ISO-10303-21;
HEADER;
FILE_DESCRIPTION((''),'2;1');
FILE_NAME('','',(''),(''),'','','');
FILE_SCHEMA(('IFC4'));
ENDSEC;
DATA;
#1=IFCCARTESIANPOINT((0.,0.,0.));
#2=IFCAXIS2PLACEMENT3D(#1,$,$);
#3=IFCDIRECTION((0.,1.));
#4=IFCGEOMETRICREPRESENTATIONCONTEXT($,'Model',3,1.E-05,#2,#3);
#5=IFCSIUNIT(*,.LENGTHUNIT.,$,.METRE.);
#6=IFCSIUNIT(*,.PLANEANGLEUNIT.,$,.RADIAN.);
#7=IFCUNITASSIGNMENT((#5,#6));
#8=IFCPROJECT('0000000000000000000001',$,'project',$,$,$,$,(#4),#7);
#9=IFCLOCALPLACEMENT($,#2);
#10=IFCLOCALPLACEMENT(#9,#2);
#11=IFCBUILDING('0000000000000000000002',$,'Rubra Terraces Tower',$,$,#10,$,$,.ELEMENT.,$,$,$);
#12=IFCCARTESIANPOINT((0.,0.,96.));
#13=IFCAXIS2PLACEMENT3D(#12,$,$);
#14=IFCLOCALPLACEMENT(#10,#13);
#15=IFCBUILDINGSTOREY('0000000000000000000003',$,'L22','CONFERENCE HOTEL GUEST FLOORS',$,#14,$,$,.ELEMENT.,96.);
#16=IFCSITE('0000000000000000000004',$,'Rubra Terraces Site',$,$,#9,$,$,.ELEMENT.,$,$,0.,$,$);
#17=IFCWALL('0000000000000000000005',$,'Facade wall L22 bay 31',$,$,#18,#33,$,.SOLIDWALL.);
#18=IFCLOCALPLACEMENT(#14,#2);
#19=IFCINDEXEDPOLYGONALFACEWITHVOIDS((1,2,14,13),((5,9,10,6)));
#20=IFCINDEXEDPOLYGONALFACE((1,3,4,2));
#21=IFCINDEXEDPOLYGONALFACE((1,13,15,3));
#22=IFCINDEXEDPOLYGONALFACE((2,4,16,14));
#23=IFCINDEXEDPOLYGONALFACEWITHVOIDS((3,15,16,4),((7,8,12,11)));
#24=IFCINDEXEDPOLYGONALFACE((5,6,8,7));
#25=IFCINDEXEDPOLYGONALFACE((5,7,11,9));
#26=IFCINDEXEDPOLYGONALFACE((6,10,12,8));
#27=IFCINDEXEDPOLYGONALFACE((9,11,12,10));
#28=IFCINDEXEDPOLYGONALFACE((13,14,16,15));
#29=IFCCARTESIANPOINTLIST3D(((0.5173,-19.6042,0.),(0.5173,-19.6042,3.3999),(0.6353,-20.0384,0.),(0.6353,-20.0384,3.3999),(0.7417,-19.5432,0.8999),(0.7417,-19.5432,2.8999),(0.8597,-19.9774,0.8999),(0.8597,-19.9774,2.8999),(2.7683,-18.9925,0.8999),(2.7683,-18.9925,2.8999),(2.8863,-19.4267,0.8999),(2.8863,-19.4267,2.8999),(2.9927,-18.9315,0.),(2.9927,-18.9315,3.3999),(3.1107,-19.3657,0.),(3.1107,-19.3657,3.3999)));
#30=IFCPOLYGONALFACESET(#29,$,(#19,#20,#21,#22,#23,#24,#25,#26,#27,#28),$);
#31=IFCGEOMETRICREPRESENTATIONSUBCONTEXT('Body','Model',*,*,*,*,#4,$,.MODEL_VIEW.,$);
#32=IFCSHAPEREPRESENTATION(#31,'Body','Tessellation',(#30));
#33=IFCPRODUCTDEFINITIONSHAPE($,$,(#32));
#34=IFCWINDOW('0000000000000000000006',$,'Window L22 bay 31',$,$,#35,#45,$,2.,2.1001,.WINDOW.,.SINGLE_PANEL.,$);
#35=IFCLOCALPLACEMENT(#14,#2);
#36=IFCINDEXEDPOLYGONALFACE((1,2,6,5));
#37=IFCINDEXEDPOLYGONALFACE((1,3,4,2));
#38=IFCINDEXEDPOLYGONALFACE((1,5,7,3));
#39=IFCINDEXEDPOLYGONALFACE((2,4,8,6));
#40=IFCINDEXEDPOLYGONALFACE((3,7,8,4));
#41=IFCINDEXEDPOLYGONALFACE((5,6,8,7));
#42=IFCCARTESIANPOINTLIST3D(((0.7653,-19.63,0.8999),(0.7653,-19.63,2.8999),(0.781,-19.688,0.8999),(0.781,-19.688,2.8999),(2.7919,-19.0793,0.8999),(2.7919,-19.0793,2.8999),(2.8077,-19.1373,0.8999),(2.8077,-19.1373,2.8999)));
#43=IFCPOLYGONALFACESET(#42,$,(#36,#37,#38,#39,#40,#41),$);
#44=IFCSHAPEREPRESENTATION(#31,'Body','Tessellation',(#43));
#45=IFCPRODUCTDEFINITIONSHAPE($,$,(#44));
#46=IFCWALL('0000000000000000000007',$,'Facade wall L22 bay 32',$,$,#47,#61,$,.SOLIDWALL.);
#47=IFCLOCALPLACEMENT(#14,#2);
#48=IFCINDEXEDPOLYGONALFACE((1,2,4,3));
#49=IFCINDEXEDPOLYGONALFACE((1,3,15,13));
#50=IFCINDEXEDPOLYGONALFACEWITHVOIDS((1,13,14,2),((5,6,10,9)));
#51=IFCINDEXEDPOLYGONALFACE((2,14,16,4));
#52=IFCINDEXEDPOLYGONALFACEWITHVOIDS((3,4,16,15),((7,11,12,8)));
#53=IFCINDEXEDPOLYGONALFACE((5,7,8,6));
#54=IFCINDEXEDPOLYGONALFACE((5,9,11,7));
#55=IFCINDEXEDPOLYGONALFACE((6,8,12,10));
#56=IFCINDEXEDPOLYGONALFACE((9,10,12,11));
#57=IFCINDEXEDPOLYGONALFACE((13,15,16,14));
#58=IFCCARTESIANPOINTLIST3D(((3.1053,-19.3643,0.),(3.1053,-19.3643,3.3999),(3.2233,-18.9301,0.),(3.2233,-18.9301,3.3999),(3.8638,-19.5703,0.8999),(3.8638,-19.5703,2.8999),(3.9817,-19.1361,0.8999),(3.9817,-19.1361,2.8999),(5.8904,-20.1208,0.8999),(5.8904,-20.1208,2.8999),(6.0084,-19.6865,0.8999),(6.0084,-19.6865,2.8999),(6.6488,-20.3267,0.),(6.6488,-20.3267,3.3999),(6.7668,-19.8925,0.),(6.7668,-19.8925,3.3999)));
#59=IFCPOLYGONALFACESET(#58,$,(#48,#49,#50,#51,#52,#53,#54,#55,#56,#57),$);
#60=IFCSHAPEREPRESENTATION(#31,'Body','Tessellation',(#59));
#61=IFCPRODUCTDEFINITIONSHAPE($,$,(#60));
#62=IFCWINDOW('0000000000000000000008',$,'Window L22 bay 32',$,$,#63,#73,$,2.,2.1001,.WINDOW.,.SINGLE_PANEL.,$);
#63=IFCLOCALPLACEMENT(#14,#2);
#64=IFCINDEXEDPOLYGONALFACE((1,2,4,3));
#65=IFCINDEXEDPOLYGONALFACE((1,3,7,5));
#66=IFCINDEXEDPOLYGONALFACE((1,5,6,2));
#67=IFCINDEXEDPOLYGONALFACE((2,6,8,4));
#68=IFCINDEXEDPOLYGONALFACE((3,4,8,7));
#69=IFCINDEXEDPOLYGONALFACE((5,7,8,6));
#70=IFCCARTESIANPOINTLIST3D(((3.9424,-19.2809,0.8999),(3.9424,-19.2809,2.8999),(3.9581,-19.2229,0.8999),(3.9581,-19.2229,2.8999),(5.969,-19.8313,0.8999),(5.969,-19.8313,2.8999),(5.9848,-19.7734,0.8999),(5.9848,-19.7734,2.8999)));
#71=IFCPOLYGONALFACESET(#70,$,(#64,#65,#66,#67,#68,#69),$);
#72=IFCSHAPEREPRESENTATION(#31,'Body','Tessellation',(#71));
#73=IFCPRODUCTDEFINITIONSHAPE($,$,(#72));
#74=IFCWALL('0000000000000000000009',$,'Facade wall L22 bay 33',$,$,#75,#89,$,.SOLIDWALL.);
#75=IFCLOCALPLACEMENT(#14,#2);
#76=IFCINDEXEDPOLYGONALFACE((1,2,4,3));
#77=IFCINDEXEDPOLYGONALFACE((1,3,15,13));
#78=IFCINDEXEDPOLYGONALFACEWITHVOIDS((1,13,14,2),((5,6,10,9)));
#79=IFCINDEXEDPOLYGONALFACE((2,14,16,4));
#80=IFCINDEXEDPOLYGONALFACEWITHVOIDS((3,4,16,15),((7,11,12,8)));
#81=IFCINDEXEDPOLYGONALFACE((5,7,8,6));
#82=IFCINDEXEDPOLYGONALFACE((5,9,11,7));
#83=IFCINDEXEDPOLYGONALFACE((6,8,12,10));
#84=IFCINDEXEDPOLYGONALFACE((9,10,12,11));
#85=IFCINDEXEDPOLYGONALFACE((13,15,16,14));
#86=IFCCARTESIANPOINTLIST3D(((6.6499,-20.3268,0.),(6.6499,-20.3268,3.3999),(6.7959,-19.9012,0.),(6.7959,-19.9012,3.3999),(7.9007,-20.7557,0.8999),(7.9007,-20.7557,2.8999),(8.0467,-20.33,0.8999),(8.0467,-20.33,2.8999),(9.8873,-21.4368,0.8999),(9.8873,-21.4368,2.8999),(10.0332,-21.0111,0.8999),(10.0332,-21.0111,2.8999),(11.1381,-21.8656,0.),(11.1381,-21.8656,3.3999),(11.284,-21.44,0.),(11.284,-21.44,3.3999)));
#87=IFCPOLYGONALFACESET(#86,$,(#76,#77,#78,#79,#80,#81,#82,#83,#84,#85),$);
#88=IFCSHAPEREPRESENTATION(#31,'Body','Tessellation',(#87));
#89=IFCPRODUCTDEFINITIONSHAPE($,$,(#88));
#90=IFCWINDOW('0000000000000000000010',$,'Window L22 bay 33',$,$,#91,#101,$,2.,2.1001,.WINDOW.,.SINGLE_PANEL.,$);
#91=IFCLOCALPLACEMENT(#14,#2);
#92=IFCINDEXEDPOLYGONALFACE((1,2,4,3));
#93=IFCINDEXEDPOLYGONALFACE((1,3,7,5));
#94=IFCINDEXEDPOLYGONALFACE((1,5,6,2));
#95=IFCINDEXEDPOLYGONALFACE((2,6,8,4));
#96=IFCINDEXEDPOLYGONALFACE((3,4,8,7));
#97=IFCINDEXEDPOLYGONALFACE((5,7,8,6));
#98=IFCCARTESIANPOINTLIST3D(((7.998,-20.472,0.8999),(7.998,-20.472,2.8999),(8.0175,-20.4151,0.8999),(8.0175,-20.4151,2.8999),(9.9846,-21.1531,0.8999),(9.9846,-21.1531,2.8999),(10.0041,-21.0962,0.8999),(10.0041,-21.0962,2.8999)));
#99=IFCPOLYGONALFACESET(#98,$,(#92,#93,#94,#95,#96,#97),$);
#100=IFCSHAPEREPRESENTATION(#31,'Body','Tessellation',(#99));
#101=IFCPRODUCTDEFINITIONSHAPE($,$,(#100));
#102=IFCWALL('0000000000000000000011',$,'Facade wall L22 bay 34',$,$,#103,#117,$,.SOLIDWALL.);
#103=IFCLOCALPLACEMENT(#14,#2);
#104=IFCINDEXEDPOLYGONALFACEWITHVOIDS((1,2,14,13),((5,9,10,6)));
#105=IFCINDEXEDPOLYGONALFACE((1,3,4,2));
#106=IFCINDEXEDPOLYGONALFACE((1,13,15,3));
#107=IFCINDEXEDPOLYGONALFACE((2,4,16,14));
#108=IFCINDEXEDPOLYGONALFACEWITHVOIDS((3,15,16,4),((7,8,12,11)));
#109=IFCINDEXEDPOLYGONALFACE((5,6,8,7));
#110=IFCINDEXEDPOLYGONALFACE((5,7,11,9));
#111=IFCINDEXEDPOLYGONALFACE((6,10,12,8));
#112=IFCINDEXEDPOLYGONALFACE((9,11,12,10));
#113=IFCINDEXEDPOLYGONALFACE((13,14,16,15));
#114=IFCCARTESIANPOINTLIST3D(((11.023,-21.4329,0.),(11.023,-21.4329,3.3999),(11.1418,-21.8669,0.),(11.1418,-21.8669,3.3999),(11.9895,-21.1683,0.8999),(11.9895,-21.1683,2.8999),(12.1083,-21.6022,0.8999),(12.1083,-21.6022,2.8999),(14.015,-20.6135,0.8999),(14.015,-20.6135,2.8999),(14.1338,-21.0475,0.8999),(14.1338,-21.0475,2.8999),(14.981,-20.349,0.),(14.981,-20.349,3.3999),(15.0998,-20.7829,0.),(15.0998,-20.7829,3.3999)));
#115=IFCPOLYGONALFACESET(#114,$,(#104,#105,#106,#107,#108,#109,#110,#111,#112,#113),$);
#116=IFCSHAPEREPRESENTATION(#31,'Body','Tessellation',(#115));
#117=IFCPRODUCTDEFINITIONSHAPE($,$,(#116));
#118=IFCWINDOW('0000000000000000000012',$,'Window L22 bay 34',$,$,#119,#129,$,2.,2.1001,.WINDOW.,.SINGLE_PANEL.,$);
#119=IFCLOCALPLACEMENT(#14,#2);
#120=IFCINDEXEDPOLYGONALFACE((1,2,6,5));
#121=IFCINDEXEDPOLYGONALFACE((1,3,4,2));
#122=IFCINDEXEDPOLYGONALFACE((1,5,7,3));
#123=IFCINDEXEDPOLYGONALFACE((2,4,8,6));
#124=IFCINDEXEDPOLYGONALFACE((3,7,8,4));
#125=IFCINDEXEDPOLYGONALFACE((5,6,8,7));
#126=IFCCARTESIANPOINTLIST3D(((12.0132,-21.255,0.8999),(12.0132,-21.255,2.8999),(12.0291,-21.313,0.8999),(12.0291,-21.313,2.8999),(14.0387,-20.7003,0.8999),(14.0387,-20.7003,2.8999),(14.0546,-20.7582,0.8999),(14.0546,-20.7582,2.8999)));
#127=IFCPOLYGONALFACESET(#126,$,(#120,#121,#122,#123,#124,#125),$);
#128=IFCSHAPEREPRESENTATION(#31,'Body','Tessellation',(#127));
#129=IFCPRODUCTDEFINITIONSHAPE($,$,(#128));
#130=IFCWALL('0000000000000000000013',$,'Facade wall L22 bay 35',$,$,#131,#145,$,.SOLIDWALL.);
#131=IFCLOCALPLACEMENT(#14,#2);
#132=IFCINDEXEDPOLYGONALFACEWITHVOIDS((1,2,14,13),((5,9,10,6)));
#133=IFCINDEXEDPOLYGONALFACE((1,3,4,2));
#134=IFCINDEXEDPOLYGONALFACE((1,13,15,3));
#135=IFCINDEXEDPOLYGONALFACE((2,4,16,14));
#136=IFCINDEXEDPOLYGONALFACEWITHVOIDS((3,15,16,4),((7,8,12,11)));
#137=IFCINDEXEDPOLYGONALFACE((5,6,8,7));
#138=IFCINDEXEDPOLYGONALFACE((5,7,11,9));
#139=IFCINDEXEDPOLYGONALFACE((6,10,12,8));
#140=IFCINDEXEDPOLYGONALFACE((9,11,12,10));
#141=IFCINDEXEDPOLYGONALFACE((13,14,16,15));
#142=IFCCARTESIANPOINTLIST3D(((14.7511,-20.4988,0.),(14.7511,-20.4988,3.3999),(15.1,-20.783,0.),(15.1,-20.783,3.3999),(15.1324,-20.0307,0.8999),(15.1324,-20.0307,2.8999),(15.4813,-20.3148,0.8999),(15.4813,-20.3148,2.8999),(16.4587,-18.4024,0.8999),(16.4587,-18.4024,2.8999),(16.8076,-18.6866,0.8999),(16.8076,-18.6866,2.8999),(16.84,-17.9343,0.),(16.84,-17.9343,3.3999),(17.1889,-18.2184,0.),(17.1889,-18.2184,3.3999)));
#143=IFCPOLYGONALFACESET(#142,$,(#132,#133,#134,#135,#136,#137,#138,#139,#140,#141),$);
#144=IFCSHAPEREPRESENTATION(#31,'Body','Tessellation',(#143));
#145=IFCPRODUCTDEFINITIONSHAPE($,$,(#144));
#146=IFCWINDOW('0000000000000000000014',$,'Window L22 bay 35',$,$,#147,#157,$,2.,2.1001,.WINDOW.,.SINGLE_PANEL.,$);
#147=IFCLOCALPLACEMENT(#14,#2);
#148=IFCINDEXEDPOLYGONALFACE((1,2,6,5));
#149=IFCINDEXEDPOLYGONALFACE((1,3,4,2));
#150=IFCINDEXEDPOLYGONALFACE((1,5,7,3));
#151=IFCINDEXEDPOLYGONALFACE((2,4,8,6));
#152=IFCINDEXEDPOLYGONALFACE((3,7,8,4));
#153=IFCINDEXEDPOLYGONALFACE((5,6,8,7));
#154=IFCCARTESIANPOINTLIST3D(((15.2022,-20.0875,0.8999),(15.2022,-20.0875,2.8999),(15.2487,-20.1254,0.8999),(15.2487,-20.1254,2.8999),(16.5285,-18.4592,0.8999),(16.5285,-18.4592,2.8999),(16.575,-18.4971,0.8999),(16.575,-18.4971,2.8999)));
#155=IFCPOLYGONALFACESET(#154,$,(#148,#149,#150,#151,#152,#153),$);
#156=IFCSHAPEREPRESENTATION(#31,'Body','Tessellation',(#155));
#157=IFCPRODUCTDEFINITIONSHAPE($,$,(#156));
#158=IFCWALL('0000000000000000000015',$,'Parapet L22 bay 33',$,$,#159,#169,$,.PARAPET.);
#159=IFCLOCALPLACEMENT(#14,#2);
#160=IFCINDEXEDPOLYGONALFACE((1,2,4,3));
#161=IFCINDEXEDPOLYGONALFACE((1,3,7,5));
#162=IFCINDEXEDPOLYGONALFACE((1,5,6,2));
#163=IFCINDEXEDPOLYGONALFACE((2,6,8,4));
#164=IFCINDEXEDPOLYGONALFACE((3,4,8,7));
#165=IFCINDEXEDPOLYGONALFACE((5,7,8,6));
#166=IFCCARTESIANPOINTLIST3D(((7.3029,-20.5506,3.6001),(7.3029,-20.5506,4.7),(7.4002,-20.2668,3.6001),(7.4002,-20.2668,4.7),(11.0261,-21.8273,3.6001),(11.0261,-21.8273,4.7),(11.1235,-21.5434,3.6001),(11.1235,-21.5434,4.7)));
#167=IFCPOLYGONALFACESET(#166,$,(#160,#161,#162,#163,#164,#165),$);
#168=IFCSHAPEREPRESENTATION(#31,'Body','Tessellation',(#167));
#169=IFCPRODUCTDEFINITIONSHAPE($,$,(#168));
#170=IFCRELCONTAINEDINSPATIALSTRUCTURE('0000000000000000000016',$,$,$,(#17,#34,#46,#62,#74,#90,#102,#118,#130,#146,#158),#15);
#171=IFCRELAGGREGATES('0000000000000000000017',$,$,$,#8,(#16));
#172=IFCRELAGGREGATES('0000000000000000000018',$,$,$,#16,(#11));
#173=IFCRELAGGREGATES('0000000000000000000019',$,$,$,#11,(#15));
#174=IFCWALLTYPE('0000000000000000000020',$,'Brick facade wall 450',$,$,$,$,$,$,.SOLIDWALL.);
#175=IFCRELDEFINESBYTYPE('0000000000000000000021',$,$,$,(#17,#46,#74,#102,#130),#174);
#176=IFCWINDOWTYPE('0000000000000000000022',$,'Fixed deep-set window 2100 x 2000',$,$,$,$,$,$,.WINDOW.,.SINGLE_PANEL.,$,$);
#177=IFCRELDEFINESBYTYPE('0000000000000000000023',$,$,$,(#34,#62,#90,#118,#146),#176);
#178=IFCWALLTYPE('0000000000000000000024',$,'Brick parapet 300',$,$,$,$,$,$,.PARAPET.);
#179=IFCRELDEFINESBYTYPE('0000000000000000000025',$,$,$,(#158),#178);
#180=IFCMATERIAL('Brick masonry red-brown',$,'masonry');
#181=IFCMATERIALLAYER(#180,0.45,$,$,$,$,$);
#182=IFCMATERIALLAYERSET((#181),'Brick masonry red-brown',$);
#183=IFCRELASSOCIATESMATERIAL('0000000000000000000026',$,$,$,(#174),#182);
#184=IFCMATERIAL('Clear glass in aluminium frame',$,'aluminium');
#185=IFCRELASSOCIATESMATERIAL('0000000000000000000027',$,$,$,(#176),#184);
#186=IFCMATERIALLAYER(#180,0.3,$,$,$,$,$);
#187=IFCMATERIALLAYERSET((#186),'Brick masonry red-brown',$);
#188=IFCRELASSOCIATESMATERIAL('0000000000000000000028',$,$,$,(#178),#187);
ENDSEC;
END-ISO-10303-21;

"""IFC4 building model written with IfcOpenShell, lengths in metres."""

from ifc_helpers import new_model, si_unit, direction, frame, frame_2d, origin, place, context, subcontext, project, spatial, rectangle, extrude, material, layer, layer_set, type_object, element, fill, save


model = new_model("IFC4")

# Units and contexts
model_context = context("Model", 3, precision=1e-05, world=origin(), true_north=direction((0.0, 1.0)))
body_context = subcontext(model_context, "Body", "Model", "MODEL_VIEW")
ifc_project = project(units=[si_unit("LENGTHUNIT", "METRE"), si_unit("PLANEANGLEUNIT", "RADIAN")], contexts=[model_context])

# Site, building, storey
site_placement = place(None, origin())
site = spatial("IfcSite", under=ifc_project, at=site_placement, Name="Rubra Terraces Site", CompositionType="ELEMENT", RefElevation=0.0)
building_placement = place(site_placement, origin())
building = spatial("IfcBuilding", under=site, at=building_placement, Name="Rubra Terraces Tower", CompositionType="ELEMENT")
storey_placement = place(building_placement, frame((0.0, 0.0, 96.0)))
storey = spatial("IfcBuildingStorey", under=building, at=storey_placement, Name="L22", Description="CONFERENCE HOTEL GUEST FLOORS", CompositionType="ELEMENT", Elevation=96.0)

# Walls, openings, windows
ifc_material_1 = material(Name="Brick masonry red-brown", Category="masonry")
ifc_layer_1 = layer(ifc_material_1, 0.45)
ifc_layer_set_1 = layer_set([ifc_layer_1], Name="Brick masonry red-brown")
wall_type_1 = type_object("IfcWallType", Name="Brick facade wall 450", PredefinedType="SOLIDWALL", material=ifc_layer_set_1)
wall_1_placement = place(storey_placement, frame((0.5762, -19.8213, 0.0), z_axis=(0.0, 0.0, 1.0), x_axis=(0.965009, 0.262215, 0.0)))
wall_1 = element("IfcWall", 1, at=wall_1_placement, inside=storey, type_object=wall_type_1, Name="Facade wall L22 bay 31", PredefinedType="SOLIDWALL", context=body_context, shape_type="SweptSolid", body=[
    extrude(rectangle(XDim=2.5652, YDim=0.45, at=frame_2d((1.2827, 0.0))), origin(), (0.0, 0.0, 1.0), 3.3999),
])
opening_1_placement = place(wall_1_placement, frame((0.2327, 0.0, 0.8999)))
opening_1 = element("IfcOpeningElement", 2, at=opening_1_placement, cuts=wall_1, PredefinedType="OPENING", context=body_context, shape_type="SweptSolid", body=[
    extrude(rectangle(XDim=2.1001, YDim=2.0, at=frame_2d((1.05, 1.0))), frame((0.0, 0.2349, 0.0), z_axis=(0.0, -1.0, 0.0), x_axis=(1.0, 0.0, 0.0)), (0.0, 0.0, 1.0), 0.47),
])
ifc_material_2 = material(Name="Clear glass in aluminium frame", Category="aluminium")
window_type = type_object("IfcWindowType", Name="Fixed deep-set window 2100 x 2000", PartitioningType="SINGLE_PANEL", PredefinedType="WINDOW", material=ifc_material_2)
window_1_placement = place(opening_1_placement, origin())
window_1 = element("IfcWindow", 3, at=window_1_placement, inside=storey, type_object=window_type, Name="Window L22 bay 31", OverallHeight=2.0, OverallWidth=2.1001, PartitioningType="SINGLE_PANEL", PredefinedType="WINDOW", context=body_context, shape_type="SweptSolid", body=[
    extrude(rectangle(XDim=2.1001, YDim=2.0, at=frame_2d((1.05, 1.0))), frame((0.0, 0.135, 0.0), z_axis=(0.0, -1.0, 0.0), x_axis=(1.0, 0.0, 0.0)), (0.0, 0.0, 1.0), 0.0601),
])
fill(opening_1, window_1)
wall_2_placement = place(storey_placement, frame((3.1643, -19.1472, 0.0), z_axis=(0.0, 0.0, 1.0), x_axis=(0.965039, -0.262105, 0.0)))
wall_2 = element("IfcWall", 4, at=wall_2_placement, inside=storey, type_object=wall_type_1, Name="Facade wall L22 bay 32", PredefinedType="SOLIDWALL", context=body_context, shape_type="SweptSolid", body=[
    extrude(rectangle(XDim=3.6719, YDim=0.45, at=frame_2d((1.8359, 0.0))), origin(), (0.0, 0.0, 1.0), 3.3999),
])
opening_2_placement = place(wall_2_placement, frame((0.7859, 0.0, 0.8999)))
opening_2 = element("IfcOpeningElement", 5, at=opening_2_placement, cuts=wall_2, PredefinedType="OPENING", context=body_context, shape_type="SweptSolid", body=[
    extrude(rectangle(XDim=2.1001, YDim=2.0, at=frame_2d((1.05, 1.0))), frame((0.0, 0.2349, 0.0), z_axis=(0.0, -1.0, 0.0), x_axis=(1.0, 0.0, 0.0)), (0.0, 0.0, 1.0), 0.47),
])
window_2_placement = place(opening_2_placement, origin())
window_2 = element("IfcWindow", 6, at=window_2_placement, inside=storey, type_object=window_type, Name="Window L22 bay 32", OverallHeight=2.0, OverallWidth=2.1001, PartitioningType="SINGLE_PANEL", PredefinedType="WINDOW", context=body_context, shape_type="SweptSolid", body=[
    extrude(rectangle(XDim=2.1001, YDim=2.0, at=frame_2d((1.05, 1.0))), frame((0.0, 0.135, 0.0), z_axis=(0.0, -1.0, 0.0), x_axis=(1.0, 0.0, 0.0)), (0.0, 0.0, 1.0), 0.0601),
])
fill(opening_2, window_2)
wall_3_placement = place(storey_placement, frame((6.7229, -20.114, 0.0), z_axis=(0.0, 0.0, 1.0), x_axis=(0.945947, -0.32432, 0.0)))
wall_3 = element("IfcWall", 7, at=wall_3_placement, inside=storey, type_object=wall_type_1, Name="Facade wall L22 bay 33", PredefinedType="SOLIDWALL", context=body_context, shape_type="SweptSolid", body=[
    extrude(rectangle(XDim=4.7446, YDim=0.45, at=frame_2d((2.3723, 0.0))), origin(), (0.0, 0.0, 1.0), 3.3999),
])
opening_3_placement = place(wall_3_placement, frame((1.3223, 0.0, 0.8999)))
opening_3 = element("IfcOpeningElement", 8, at=opening_3_placement, cuts=wall_3, PredefinedType="OPENING", context=body_context, shape_type="SweptSolid", body=[
    extrude(rectangle(XDim=2.1001, YDim=2.0, at=frame_2d((1.05, 1.0))), frame((0.0, 0.2349, 0.0), z_axis=(0.0, -1.0, 0.0), x_axis=(1.0, 0.0, 0.0)), (0.0, 0.0, 1.0), 0.47),
])
window_3_placement = place(opening_3_placement, origin())
window_3 = element("IfcWindow", 9, at=window_3_placement, inside=storey, type_object=window_type, Name="Window L22 bay 33", OverallHeight=2.0, OverallWidth=2.1001, PartitioningType="SINGLE_PANEL", PredefinedType="WINDOW", context=body_context, shape_type="SweptSolid", body=[
    extrude(rectangle(XDim=2.1001, YDim=2.0, at=frame_2d((1.05, 1.0))), frame((0.0, 0.135, 0.0), z_axis=(0.0, -1.0, 0.0), x_axis=(1.0, 0.0, 0.0)), (0.0, 0.0, 1.0), 0.0601),
])
fill(opening_3, window_3)
wall_4_placement = place(storey_placement, frame((11.0825, -21.6499, 0.0), z_axis=(0.0, 0.0, 1.0), x_axis=(0.964483, 0.264144, 0.0)))
wall_4 = element("IfcWall", 10, at=wall_4_placement, inside=storey, type_object=wall_type_1, Name="Facade wall L22 bay 34", PredefinedType="SOLIDWALL", context=body_context, shape_type="SweptSolid", body=[
    extrude(rectangle(XDim=4.1038, YDim=0.45, at=frame_2d((2.0518, 0.0))), origin(), (0.0, 0.0, 1.0), 3.3999),
])
opening_4_placement = place(wall_4_placement, frame((1.002, 0.0, 0.8999)))
opening_4 = element("IfcOpeningElement", 11, at=opening_4_placement, cuts=wall_4, PredefinedType="OPENING", context=body_context, shape_type="SweptSolid", body=[
    extrude(rectangle(XDim=2.1001, YDim=2.0, at=frame_2d((1.05, 1.0))), frame((0.0, 0.2349, 0.0), z_axis=(0.0, -1.0, 0.0), x_axis=(1.0, 0.0, 0.0)), (0.0, 0.0, 1.0), 0.47),
])
window_4_placement = place(opening_4_placement, origin())
window_4 = element("IfcWindow", 12, at=window_4_placement, inside=storey, type_object=window_type, Name="Window L22 bay 34", OverallHeight=2.0, OverallWidth=2.1001, PartitioningType="SINGLE_PANEL", PredefinedType="WINDOW", context=body_context, shape_type="SweptSolid", body=[
    extrude(rectangle(XDim=2.1001, YDim=2.0, at=frame_2d((1.05, 1.0))), frame((0.0, 0.135, 0.0), z_axis=(0.0, -1.0, 0.0), x_axis=(1.0, 0.0, 0.0)), (0.0, 0.0, 1.0), 0.0601),
])
fill(opening_4, window_4)
wall_5_placement = place(storey_placement, frame((14.9255, -20.6409, 0.0), z_axis=(0.0, 0.0, 1.0), x_axis=(0.631548, 0.775337, 0.0)))
wall_5 = element("IfcWall", 13, at=wall_5_placement, inside=storey, type_object=wall_type_1, Name="Facade wall L22 bay 35", PredefinedType="SOLIDWALL", context=body_context, shape_type="SweptSolid", body=[
    extrude(rectangle(XDim=3.3076, YDim=0.45, at=frame_2d((1.6538, 0.0))), origin(), (0.0, 0.0, 1.0), 3.3999),
])
opening_5_placement = place(wall_5_placement, frame((0.6038, 0.0, 0.8999)))
opening_5 = element("IfcOpeningElement", 14, at=opening_5_placement, cuts=wall_5, PredefinedType="OPENING", context=body_context, shape_type="SweptSolid", body=[
    extrude(rectangle(XDim=2.1001, YDim=2.0, at=frame_2d((1.05, 1.0))), frame((0.0, 0.2349, 0.0), z_axis=(0.0, -1.0, 0.0), x_axis=(1.0, 0.0, 0.0)), (0.0, 0.0, 1.0), 0.47),
])
window_5_placement = place(opening_5_placement, origin())
window_5 = element("IfcWindow", 15, at=window_5_placement, inside=storey, type_object=window_type, Name="Window L22 bay 35", OverallHeight=2.0, OverallWidth=2.1001, PartitioningType="SINGLE_PANEL", PredefinedType="WINDOW", context=body_context, shape_type="SweptSolid", body=[
    extrude(rectangle(XDim=2.1001, YDim=2.0, at=frame_2d((1.05, 1.0))), frame((0.0, 0.135, 0.0), z_axis=(0.0, -1.0, 0.0), x_axis=(1.0, 0.0, 0.0)), (0.0, 0.0, 1.0), 0.0601),
])
fill(opening_5, window_5)

# Wall
ifc_layer_2 = layer(ifc_material_1, 0.3)
ifc_layer_set_2 = layer_set([ifc_layer_2], Name="Brick masonry red-brown")
wall_type_2 = type_object("IfcWallType", Name="Brick parapet 300", PredefinedType="PARAPET", material=ifc_layer_set_2)
wall_6_placement = place(storey_placement, frame((7.3516, -20.4087, 3.6001), z_axis=(0.0, 0.0, 1.0), x_axis=(0.945938, -0.324348, 0.0)))
element("IfcWall", 16, at=wall_6_placement, inside=storey, type_object=wall_type_2, Name="Parapet L22 bay 33", PredefinedType="PARAPET", context=body_context, shape_type="SweptSolid", body=[
    extrude(rectangle(XDim=3.936, YDim=0.3, at=frame_2d((1.968, 0.0))), origin(), (0.0, 0.0, 1.0), 1.0999),
])

save(model, "model.ifc")
